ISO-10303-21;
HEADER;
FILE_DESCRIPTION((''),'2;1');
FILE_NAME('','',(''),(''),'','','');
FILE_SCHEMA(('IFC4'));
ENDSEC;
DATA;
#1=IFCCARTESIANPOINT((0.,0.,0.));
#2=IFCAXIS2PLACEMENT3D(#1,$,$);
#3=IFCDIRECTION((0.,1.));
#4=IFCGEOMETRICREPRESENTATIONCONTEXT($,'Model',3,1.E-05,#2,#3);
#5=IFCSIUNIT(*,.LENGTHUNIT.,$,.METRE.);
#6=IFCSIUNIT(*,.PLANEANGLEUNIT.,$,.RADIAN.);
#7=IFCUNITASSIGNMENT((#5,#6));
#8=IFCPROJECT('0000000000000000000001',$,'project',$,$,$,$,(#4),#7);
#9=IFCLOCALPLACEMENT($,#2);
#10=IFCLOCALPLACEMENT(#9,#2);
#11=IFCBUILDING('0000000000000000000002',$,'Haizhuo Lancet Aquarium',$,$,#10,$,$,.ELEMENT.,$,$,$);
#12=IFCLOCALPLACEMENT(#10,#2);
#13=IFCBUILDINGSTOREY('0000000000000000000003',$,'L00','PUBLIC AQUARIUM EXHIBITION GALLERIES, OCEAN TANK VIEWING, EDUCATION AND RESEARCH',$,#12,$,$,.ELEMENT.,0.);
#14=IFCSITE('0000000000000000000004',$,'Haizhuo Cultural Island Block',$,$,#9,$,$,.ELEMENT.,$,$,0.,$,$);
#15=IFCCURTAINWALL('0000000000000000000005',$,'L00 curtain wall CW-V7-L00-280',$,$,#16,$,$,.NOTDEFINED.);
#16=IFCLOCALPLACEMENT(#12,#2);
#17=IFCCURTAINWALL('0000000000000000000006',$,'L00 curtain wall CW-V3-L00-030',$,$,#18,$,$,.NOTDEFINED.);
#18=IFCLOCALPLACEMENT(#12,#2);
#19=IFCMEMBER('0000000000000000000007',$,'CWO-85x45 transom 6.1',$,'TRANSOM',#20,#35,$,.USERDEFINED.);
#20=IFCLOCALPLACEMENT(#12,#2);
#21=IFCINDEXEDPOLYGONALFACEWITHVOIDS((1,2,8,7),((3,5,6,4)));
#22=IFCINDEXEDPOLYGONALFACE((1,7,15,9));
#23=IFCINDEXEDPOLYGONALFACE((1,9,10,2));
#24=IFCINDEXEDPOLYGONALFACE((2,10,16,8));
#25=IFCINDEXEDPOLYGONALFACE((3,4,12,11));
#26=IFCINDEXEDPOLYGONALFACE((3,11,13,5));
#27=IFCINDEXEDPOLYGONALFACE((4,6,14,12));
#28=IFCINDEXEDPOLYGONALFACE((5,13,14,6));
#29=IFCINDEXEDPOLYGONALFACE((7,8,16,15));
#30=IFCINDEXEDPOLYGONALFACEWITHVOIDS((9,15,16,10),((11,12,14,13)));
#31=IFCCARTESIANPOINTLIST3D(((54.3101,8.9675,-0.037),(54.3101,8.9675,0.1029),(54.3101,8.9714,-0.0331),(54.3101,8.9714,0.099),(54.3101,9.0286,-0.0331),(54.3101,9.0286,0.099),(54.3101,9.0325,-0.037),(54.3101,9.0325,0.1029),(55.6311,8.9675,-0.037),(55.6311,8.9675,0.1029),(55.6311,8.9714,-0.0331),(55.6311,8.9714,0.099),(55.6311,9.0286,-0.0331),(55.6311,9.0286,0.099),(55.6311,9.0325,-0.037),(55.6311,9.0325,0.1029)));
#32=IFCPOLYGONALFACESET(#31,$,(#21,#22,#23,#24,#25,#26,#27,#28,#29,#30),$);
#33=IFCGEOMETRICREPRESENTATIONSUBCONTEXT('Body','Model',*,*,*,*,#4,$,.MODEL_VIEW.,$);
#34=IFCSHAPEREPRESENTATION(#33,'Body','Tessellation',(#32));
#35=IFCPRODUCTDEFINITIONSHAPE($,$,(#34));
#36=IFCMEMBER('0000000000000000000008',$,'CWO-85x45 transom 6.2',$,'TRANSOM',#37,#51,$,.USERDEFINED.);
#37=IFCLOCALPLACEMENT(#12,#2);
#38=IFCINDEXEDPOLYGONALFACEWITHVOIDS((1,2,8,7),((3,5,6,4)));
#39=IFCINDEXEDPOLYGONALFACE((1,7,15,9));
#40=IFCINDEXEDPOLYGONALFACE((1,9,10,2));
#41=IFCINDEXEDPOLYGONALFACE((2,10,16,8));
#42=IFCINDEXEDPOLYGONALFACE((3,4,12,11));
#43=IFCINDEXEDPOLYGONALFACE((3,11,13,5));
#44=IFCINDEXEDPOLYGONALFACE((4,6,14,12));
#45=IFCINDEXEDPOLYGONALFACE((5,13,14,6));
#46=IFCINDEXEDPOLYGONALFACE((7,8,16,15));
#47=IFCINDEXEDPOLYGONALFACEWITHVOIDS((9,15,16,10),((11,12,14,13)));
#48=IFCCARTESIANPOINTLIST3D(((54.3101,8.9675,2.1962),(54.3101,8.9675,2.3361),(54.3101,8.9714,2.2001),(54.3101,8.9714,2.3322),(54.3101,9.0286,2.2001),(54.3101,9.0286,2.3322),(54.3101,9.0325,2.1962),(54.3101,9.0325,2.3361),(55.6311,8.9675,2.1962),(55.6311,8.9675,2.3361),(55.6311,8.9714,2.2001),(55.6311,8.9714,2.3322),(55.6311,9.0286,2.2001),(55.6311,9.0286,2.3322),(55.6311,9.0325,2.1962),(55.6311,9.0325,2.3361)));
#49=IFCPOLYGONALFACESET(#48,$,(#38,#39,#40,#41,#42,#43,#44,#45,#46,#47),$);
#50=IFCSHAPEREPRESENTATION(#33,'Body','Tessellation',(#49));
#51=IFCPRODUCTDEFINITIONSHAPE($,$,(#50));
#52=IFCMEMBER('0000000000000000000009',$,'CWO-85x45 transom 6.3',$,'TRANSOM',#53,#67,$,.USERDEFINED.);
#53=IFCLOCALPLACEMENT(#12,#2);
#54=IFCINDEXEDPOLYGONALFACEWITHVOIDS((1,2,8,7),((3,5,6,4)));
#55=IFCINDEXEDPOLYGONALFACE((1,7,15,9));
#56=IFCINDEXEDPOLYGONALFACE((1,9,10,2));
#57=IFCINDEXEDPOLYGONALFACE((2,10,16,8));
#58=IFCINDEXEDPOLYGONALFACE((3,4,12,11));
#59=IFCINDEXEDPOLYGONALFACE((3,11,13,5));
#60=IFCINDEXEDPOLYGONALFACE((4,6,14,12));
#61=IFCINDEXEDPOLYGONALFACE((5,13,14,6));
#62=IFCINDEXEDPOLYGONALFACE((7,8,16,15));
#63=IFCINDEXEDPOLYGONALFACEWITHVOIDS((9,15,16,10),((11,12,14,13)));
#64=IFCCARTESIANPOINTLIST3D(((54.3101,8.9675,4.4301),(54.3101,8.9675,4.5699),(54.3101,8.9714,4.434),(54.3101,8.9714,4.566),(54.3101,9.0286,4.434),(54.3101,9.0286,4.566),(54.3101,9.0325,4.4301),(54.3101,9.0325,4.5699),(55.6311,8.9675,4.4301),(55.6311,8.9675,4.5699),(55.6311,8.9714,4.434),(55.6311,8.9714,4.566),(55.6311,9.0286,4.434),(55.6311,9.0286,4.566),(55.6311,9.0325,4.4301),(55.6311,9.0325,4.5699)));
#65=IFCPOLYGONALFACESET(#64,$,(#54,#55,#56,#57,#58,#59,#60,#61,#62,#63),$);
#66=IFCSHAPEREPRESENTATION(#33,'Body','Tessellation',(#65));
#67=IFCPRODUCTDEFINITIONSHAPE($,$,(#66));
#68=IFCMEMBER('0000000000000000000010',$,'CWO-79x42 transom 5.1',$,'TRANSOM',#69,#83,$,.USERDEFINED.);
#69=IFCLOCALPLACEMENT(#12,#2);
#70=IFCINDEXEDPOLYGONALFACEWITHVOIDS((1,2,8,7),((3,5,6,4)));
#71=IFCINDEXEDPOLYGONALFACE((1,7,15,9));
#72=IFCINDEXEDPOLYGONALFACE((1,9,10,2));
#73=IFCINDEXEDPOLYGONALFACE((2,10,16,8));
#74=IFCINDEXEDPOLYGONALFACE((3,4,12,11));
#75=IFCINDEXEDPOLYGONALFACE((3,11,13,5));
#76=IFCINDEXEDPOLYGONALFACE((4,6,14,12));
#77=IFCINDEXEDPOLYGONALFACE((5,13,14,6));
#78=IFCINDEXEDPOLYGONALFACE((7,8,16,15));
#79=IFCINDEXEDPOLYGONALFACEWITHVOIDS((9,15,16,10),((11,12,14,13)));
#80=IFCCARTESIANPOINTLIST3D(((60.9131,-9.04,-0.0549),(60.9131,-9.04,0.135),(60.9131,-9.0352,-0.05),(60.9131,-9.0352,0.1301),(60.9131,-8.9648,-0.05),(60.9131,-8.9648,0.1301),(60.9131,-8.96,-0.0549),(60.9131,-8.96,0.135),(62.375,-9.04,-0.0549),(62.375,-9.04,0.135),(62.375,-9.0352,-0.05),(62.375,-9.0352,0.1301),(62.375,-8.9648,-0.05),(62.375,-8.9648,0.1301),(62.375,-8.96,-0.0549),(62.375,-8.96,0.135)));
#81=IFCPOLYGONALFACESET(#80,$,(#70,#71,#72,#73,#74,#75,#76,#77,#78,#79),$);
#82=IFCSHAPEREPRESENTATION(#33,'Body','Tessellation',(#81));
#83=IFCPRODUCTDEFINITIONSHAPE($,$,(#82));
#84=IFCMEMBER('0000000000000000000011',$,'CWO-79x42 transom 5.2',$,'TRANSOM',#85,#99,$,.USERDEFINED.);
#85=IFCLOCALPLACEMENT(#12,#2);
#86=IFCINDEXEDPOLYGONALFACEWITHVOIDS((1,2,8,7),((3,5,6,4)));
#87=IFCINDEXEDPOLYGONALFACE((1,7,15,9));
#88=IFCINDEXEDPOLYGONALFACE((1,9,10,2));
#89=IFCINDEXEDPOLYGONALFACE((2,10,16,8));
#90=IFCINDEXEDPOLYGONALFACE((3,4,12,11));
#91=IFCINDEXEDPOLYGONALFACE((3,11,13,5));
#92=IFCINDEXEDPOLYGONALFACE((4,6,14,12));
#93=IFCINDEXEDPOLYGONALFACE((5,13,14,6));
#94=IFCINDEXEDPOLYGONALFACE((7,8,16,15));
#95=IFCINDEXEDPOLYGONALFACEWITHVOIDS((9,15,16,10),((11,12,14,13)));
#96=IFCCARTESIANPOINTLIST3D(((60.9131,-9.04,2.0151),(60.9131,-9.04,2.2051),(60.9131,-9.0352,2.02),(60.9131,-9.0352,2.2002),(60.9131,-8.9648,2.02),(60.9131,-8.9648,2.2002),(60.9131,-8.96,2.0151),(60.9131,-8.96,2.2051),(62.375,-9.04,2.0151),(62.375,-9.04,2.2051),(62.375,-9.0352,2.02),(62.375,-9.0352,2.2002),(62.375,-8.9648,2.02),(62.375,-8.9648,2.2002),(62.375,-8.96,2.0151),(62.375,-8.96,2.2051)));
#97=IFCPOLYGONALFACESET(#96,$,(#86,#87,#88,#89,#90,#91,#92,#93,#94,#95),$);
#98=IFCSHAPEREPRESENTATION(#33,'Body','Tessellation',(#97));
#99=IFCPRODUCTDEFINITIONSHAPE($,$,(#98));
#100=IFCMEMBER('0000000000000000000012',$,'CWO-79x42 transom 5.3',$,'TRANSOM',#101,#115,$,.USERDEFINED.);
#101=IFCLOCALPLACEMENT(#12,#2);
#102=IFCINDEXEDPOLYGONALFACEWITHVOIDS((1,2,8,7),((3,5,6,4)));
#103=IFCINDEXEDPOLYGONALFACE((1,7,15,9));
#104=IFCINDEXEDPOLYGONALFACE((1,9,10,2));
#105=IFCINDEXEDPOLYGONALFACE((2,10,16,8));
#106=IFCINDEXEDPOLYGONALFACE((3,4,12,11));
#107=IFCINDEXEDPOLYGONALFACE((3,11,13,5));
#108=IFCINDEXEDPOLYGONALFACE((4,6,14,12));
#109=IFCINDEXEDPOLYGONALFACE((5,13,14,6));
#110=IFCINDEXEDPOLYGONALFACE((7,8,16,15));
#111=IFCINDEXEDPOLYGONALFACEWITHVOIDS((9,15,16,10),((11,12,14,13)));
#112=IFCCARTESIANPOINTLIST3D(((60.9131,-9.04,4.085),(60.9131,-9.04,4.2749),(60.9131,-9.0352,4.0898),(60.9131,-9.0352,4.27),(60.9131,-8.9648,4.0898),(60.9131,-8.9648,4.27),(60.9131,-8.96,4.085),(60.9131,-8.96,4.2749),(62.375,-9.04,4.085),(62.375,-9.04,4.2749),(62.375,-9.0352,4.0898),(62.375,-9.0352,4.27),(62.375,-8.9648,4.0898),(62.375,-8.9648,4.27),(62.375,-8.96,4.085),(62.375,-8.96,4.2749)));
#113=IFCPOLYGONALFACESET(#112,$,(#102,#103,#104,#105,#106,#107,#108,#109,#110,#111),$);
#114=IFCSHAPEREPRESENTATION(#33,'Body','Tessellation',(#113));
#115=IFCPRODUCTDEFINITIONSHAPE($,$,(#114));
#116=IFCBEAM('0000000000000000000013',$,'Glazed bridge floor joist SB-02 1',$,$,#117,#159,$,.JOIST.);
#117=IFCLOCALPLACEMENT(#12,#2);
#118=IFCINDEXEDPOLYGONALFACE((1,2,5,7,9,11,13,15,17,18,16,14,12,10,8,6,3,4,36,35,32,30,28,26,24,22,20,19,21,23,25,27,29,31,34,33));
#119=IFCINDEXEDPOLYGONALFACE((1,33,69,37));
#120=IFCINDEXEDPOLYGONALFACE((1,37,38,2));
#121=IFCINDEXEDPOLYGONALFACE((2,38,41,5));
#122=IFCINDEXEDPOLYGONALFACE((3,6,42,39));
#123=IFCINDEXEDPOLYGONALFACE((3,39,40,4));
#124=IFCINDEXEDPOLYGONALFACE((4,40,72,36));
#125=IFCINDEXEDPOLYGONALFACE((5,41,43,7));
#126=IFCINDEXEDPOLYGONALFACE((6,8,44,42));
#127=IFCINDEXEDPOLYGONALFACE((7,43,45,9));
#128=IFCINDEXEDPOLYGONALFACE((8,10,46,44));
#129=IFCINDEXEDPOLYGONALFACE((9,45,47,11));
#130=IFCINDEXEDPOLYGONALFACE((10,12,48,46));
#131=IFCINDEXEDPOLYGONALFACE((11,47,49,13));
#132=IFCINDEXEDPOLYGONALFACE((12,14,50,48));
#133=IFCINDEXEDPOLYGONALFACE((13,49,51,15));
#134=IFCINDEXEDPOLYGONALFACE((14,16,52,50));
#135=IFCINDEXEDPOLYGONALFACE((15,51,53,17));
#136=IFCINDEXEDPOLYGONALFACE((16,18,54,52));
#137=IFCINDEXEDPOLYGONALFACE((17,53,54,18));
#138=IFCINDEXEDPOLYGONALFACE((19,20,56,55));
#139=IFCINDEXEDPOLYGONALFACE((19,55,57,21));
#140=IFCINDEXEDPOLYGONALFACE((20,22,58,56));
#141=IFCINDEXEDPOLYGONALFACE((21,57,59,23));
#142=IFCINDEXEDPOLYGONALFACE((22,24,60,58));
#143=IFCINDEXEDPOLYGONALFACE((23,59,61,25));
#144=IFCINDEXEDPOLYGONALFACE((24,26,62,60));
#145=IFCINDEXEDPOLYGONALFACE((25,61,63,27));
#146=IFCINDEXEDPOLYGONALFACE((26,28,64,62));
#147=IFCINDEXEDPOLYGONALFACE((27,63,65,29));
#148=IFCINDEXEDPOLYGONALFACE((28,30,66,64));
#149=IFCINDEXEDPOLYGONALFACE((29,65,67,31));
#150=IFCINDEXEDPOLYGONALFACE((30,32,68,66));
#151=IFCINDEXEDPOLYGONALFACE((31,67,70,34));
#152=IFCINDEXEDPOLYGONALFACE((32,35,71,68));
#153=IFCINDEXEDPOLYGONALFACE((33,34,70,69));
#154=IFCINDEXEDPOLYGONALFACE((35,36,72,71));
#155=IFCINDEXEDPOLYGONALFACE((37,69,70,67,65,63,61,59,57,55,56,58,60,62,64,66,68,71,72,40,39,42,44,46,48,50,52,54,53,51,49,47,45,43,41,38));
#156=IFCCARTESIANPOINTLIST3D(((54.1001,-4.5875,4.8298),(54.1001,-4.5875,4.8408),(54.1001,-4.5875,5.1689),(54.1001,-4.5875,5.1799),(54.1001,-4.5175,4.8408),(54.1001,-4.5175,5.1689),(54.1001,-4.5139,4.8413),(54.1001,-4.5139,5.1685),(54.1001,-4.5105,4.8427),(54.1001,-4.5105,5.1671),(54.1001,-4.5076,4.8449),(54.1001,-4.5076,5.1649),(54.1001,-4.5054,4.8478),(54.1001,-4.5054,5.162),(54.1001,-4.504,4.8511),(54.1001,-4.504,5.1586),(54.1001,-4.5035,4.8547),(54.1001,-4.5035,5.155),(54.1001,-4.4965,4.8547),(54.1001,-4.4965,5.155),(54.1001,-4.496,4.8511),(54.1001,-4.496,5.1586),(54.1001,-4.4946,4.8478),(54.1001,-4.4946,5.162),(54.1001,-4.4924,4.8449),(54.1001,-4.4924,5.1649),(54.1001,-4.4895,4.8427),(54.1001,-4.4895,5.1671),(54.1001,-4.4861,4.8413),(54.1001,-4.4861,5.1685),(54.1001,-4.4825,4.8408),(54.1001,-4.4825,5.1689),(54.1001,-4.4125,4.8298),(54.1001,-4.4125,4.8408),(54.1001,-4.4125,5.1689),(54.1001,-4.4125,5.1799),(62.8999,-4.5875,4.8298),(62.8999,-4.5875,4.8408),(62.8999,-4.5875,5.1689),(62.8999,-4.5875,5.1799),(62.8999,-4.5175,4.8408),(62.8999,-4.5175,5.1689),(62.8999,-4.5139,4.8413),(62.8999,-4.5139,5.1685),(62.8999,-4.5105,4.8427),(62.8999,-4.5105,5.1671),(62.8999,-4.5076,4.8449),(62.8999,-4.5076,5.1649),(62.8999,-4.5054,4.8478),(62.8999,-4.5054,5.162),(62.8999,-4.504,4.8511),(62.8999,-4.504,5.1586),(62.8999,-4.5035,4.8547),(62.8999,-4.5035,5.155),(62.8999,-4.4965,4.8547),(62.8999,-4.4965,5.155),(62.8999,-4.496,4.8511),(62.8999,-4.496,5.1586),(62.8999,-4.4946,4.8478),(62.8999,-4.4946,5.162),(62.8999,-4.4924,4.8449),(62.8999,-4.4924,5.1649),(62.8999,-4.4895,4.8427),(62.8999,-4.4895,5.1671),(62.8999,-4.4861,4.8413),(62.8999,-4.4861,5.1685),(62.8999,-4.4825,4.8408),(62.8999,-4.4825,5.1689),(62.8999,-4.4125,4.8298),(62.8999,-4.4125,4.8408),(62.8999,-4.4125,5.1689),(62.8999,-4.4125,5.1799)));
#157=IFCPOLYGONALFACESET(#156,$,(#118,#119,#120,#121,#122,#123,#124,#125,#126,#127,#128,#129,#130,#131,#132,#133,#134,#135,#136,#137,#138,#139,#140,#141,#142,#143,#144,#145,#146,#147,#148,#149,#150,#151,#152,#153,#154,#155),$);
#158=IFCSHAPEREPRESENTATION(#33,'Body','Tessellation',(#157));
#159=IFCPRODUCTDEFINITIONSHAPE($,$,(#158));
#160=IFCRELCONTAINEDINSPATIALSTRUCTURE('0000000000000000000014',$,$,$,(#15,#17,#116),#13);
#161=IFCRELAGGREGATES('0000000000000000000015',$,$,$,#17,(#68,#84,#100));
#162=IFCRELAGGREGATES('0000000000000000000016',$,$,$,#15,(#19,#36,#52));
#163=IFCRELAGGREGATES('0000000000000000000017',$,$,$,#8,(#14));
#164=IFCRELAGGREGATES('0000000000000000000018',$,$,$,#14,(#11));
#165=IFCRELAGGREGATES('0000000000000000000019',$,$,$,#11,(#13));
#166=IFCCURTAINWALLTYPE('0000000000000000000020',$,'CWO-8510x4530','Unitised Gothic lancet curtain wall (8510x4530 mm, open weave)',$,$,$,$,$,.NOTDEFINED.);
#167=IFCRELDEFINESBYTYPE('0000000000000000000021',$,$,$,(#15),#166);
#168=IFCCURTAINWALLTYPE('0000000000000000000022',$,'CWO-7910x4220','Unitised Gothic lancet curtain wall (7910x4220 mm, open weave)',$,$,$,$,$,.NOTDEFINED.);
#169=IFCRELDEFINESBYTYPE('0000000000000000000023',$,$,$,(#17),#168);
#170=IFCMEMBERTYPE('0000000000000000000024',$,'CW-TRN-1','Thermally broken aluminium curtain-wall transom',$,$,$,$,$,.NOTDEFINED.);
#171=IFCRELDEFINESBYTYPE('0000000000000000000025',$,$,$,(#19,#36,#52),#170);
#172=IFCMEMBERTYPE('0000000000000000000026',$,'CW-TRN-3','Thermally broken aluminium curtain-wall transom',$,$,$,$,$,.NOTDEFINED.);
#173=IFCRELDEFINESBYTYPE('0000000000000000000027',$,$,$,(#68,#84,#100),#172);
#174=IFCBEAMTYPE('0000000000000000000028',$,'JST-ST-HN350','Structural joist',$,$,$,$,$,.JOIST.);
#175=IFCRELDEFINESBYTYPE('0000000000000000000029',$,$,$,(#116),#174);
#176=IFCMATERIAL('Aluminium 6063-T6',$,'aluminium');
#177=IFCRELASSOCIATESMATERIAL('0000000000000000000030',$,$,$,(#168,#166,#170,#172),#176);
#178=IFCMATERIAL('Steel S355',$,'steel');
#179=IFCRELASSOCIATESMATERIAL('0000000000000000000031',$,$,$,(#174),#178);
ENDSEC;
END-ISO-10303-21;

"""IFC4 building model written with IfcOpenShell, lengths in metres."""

from ifc_helpers import new_model, si_unit, direction, frame, origin, origin_2d, place, context, subcontext, project, spatial, hollow_rectangle, i_section, extrude, material, material_profile, profile_set, type_object, element, aggregate, save


model = new_model("IFC4")

# Units and contexts
model_context = context("Model", 3, precision=1e-05, world=origin(), true_north=direction((0.0, 1.0)))
body_context = subcontext(model_context, "Body", "Model", "MODEL_VIEW")
ifc_project = project(units=[si_unit("LENGTHUNIT", "METRE"), si_unit("PLANEANGLEUNIT", "RADIAN")], contexts=[model_context])

# Site, building, storey
site_placement = place(None, origin())
site = spatial("IfcSite", under=ifc_project, at=site_placement, Name="Haizhuo Cultural Island Block", CompositionType="ELEMENT", RefElevation=0.0)
building_placement = place(site_placement, origin())
building = spatial("IfcBuilding", under=site, at=building_placement, Name="Haizhuo Lancet Aquarium", CompositionType="ELEMENT")
storey_placement = place(building_placement, origin())
storey = spatial("IfcBuildingStorey", under=building, at=storey_placement, Name="L00", Description="PUBLIC AQUARIUM EXHIBITION GALLERIES, OCEAN TANK VIEWING, EDUCATION AND RESEARCH", CompositionType="ELEMENT", Elevation=0.0)

# Shared definitions
ifc_material_1 = material(Name="Steel S355", Category="steel")

# Curtain walls
ifc_material_2 = material(Name="Aluminium 6063-T6", Category="aluminium")
curtain_wall_type_1 = type_object("IfcCurtainWallType", Name="CWO-7910x4220", Description="Unitised Gothic lancet curtain wall (7910x4220 mm, open weave)", PredefinedType="NOTDEFINED", material=ifc_material_2)
curtain_wall_type_2 = type_object("IfcCurtainWallType", Name="CWO-8510x4530", Description="Unitised Gothic lancet curtain wall (8510x4530 mm, open weave)", PredefinedType="NOTDEFINED", material=ifc_material_2)
curtain_wall_1_placement = place(storey_placement, origin())
curtain_wall_1 = element("IfcCurtainWall", 1, at=curtain_wall_1_placement, inside=storey, type_object=curtain_wall_type_2, Name="L00 curtain wall CW-V7-L00-280", PredefinedType="NOTDEFINED")
curtain_wall_2_placement = place(storey_placement, origin())
curtain_wall_2 = element("IfcCurtainWall", 2, at=curtain_wall_2_placement, inside=storey, type_object=curtain_wall_type_1, Name="L00 curtain wall CW-V3-L00-030", PredefinedType="NOTDEFINED")

# Members
ifc_material_profile_1 = material_profile(ifc_material_2, hollow_rectangle(XDim=0.0649, YDim=0.1399, WallThickness=0.0039, at=origin_2d()), Name="ALU-T 65x140x4")
ifc_profile_set_1 = profile_set([ifc_material_profile_1], Name="Aluminium 6063-T6")
member_type_1 = type_object("IfcMemberType", Name="CW-TRN-1", Description="Thermally broken aluminium curtain-wall transom", PredefinedType="NOTDEFINED", material=ifc_profile_set_1)
member_1_placement = place(storey_placement, frame((55.6311, 9.0, 0.033), z_axis=(-1.0, 0.0, 0.0), x_axis=(0.0, -1.0, 0.0)))
member_1 = element("IfcMember", 3, at=member_1_placement, type_object=member_type_1, Name="CWO-85x45 transom 6.1", ObjectType="TRANSOM", PredefinedType="USERDEFINED", context=body_context, shape_type="SweptSolid", body=[
    extrude(hollow_rectangle(XDim=0.0649, YDim=0.1399, WallThickness=0.0039, at=origin_2d()), origin(), (0.0, 0.0, 1.0), 1.321),
])
member_2_placement = place(storey_placement, frame((55.6311, 9.0, 2.2661), z_axis=(-1.0, 0.0, 0.0), x_axis=(0.0, -1.0, 0.0)))
member_2 = element("IfcMember", 4, at=member_2_placement, type_object=member_type_1, Name="CWO-85x45 transom 6.2", ObjectType="TRANSOM", PredefinedType="USERDEFINED", context=body_context, shape_type="SweptSolid", body=[
    extrude(hollow_rectangle(XDim=0.0649, YDim=0.1399, WallThickness=0.0039, at=origin_2d()), origin(), (0.0, 0.0, 1.0), 1.321),
])
member_3_placement = place(storey_placement, frame((55.6311, 9.0, 4.5), z_axis=(-1.0, 0.0, 0.0), x_axis=(0.0, -1.0, 0.0)))
member_3 = element("IfcMember", 5, at=member_3_placement, type_object=member_type_1, Name="CWO-85x45 transom 6.3", ObjectType="TRANSOM", PredefinedType="USERDEFINED", context=body_context, shape_type="SweptSolid", body=[
    extrude(hollow_rectangle(XDim=0.0649, YDim=0.1399, WallThickness=0.0039, at=origin_2d()), origin(), (0.0, 0.0, 1.0), 1.321),
])
ifc_material_profile_2 = material_profile(ifc_material_2, hollow_rectangle(XDim=0.0801, YDim=0.1899, WallThickness=0.0049, at=origin_2d()), Name="ALU-T 80x190x5")
ifc_profile_set_2 = profile_set([ifc_material_profile_2], Name="Aluminium 6063-T6")
member_type_2 = type_object("IfcMemberType", Name="CW-TRN-3", Description="Thermally broken aluminium curtain-wall transom", PredefinedType="NOTDEFINED", material=ifc_profile_set_2)
member_4_placement = place(storey_placement, frame((60.9131, -9.0, 0.04), z_axis=(1.0, 0.0, 0.0), x_axis=(0.0, 1.0, 0.0)))
member_4 = element("IfcMember", 6, at=member_4_placement, type_object=member_type_2, Name="CWO-79x42 transom 5.1", ObjectType="TRANSOM", PredefinedType="USERDEFINED", context=body_context, shape_type="SweptSolid", body=[
    extrude(hollow_rectangle(XDim=0.0801, YDim=0.1899, WallThickness=0.0049, at=origin_2d()), origin(), (0.0, 0.0, 1.0), 1.4619),
])
member_5_placement = place(storey_placement, frame((60.9131, -9.0, 2.1101), z_axis=(1.0, 0.0, 0.0), x_axis=(0.0, 1.0, 0.0)))
member_5 = element("IfcMember", 7, at=member_5_placement, type_object=member_type_2, Name="CWO-79x42 transom 5.2", ObjectType="TRANSOM", PredefinedType="USERDEFINED", context=body_context, shape_type="SweptSolid", body=[
    extrude(hollow_rectangle(XDim=0.0801, YDim=0.1899, WallThickness=0.0049, at=origin_2d()), origin(), (0.0, 0.0, 1.0), 1.4619),
])
member_6_placement = place(storey_placement, frame((60.9131, -9.0, 4.1799), z_axis=(1.0, 0.0, 0.0), x_axis=(0.0, 1.0, 0.0)))
member_6 = element("IfcMember", 8, at=member_6_placement, type_object=member_type_2, Name="CWO-79x42 transom 5.3", ObjectType="TRANSOM", PredefinedType="USERDEFINED", context=body_context, shape_type="SweptSolid", body=[
    extrude(hollow_rectangle(XDim=0.0801, YDim=0.1899, WallThickness=0.0049, at=origin_2d()), origin(), (0.0, 0.0, 1.0), 1.4619),
])

# Beam
ifc_material_profile_3 = material_profile(ifc_material_1, i_section(OverallWidth=0.175, OverallDepth=0.3501, WebThickness=0.0071, FlangeThickness=0.011, FilletRadius=0.0139, at=origin_2d()), Name="HN 350x175x7x11")
ifc_profile_set_3 = profile_set([ifc_material_profile_3], Name="Steel S355")
beam_type_1 = type_object("IfcBeamType", Name="JST-ST-HN350", Description="Structural joist", PredefinedType="JOIST", material=ifc_profile_set_3)
for number, where, z_axis, x_axis, name in (
    (9, (54.1001, -4.5, 5.0049), (1.0, 0.0, 0.0), (0.0, 1.0, 0.0), "Glazed bridge floor joist SB-02 1"),
):
    element("IfcBeam", number, at=place(storey_placement, frame(where, z_axis=z_axis, x_axis=x_axis)), inside=storey, type_object=beam_type_1, Name=name, PredefinedType="JOIST", context=body_context, shape_type="SweptSolid", body=[
        extrude(i_section(OverallWidth=0.175, OverallDepth=0.3501, WebThickness=0.0071, FlangeThickness=0.011, FilletRadius=0.0139, at=origin_2d()), origin(), (0.0, 0.0, 1.0), 8.7998),
    ])

aggregate(curtain_wall_2, [member_4, member_5, member_6])
aggregate(curtain_wall_1, [member_1, member_2, member_3])

save(model, "model.ifc")
